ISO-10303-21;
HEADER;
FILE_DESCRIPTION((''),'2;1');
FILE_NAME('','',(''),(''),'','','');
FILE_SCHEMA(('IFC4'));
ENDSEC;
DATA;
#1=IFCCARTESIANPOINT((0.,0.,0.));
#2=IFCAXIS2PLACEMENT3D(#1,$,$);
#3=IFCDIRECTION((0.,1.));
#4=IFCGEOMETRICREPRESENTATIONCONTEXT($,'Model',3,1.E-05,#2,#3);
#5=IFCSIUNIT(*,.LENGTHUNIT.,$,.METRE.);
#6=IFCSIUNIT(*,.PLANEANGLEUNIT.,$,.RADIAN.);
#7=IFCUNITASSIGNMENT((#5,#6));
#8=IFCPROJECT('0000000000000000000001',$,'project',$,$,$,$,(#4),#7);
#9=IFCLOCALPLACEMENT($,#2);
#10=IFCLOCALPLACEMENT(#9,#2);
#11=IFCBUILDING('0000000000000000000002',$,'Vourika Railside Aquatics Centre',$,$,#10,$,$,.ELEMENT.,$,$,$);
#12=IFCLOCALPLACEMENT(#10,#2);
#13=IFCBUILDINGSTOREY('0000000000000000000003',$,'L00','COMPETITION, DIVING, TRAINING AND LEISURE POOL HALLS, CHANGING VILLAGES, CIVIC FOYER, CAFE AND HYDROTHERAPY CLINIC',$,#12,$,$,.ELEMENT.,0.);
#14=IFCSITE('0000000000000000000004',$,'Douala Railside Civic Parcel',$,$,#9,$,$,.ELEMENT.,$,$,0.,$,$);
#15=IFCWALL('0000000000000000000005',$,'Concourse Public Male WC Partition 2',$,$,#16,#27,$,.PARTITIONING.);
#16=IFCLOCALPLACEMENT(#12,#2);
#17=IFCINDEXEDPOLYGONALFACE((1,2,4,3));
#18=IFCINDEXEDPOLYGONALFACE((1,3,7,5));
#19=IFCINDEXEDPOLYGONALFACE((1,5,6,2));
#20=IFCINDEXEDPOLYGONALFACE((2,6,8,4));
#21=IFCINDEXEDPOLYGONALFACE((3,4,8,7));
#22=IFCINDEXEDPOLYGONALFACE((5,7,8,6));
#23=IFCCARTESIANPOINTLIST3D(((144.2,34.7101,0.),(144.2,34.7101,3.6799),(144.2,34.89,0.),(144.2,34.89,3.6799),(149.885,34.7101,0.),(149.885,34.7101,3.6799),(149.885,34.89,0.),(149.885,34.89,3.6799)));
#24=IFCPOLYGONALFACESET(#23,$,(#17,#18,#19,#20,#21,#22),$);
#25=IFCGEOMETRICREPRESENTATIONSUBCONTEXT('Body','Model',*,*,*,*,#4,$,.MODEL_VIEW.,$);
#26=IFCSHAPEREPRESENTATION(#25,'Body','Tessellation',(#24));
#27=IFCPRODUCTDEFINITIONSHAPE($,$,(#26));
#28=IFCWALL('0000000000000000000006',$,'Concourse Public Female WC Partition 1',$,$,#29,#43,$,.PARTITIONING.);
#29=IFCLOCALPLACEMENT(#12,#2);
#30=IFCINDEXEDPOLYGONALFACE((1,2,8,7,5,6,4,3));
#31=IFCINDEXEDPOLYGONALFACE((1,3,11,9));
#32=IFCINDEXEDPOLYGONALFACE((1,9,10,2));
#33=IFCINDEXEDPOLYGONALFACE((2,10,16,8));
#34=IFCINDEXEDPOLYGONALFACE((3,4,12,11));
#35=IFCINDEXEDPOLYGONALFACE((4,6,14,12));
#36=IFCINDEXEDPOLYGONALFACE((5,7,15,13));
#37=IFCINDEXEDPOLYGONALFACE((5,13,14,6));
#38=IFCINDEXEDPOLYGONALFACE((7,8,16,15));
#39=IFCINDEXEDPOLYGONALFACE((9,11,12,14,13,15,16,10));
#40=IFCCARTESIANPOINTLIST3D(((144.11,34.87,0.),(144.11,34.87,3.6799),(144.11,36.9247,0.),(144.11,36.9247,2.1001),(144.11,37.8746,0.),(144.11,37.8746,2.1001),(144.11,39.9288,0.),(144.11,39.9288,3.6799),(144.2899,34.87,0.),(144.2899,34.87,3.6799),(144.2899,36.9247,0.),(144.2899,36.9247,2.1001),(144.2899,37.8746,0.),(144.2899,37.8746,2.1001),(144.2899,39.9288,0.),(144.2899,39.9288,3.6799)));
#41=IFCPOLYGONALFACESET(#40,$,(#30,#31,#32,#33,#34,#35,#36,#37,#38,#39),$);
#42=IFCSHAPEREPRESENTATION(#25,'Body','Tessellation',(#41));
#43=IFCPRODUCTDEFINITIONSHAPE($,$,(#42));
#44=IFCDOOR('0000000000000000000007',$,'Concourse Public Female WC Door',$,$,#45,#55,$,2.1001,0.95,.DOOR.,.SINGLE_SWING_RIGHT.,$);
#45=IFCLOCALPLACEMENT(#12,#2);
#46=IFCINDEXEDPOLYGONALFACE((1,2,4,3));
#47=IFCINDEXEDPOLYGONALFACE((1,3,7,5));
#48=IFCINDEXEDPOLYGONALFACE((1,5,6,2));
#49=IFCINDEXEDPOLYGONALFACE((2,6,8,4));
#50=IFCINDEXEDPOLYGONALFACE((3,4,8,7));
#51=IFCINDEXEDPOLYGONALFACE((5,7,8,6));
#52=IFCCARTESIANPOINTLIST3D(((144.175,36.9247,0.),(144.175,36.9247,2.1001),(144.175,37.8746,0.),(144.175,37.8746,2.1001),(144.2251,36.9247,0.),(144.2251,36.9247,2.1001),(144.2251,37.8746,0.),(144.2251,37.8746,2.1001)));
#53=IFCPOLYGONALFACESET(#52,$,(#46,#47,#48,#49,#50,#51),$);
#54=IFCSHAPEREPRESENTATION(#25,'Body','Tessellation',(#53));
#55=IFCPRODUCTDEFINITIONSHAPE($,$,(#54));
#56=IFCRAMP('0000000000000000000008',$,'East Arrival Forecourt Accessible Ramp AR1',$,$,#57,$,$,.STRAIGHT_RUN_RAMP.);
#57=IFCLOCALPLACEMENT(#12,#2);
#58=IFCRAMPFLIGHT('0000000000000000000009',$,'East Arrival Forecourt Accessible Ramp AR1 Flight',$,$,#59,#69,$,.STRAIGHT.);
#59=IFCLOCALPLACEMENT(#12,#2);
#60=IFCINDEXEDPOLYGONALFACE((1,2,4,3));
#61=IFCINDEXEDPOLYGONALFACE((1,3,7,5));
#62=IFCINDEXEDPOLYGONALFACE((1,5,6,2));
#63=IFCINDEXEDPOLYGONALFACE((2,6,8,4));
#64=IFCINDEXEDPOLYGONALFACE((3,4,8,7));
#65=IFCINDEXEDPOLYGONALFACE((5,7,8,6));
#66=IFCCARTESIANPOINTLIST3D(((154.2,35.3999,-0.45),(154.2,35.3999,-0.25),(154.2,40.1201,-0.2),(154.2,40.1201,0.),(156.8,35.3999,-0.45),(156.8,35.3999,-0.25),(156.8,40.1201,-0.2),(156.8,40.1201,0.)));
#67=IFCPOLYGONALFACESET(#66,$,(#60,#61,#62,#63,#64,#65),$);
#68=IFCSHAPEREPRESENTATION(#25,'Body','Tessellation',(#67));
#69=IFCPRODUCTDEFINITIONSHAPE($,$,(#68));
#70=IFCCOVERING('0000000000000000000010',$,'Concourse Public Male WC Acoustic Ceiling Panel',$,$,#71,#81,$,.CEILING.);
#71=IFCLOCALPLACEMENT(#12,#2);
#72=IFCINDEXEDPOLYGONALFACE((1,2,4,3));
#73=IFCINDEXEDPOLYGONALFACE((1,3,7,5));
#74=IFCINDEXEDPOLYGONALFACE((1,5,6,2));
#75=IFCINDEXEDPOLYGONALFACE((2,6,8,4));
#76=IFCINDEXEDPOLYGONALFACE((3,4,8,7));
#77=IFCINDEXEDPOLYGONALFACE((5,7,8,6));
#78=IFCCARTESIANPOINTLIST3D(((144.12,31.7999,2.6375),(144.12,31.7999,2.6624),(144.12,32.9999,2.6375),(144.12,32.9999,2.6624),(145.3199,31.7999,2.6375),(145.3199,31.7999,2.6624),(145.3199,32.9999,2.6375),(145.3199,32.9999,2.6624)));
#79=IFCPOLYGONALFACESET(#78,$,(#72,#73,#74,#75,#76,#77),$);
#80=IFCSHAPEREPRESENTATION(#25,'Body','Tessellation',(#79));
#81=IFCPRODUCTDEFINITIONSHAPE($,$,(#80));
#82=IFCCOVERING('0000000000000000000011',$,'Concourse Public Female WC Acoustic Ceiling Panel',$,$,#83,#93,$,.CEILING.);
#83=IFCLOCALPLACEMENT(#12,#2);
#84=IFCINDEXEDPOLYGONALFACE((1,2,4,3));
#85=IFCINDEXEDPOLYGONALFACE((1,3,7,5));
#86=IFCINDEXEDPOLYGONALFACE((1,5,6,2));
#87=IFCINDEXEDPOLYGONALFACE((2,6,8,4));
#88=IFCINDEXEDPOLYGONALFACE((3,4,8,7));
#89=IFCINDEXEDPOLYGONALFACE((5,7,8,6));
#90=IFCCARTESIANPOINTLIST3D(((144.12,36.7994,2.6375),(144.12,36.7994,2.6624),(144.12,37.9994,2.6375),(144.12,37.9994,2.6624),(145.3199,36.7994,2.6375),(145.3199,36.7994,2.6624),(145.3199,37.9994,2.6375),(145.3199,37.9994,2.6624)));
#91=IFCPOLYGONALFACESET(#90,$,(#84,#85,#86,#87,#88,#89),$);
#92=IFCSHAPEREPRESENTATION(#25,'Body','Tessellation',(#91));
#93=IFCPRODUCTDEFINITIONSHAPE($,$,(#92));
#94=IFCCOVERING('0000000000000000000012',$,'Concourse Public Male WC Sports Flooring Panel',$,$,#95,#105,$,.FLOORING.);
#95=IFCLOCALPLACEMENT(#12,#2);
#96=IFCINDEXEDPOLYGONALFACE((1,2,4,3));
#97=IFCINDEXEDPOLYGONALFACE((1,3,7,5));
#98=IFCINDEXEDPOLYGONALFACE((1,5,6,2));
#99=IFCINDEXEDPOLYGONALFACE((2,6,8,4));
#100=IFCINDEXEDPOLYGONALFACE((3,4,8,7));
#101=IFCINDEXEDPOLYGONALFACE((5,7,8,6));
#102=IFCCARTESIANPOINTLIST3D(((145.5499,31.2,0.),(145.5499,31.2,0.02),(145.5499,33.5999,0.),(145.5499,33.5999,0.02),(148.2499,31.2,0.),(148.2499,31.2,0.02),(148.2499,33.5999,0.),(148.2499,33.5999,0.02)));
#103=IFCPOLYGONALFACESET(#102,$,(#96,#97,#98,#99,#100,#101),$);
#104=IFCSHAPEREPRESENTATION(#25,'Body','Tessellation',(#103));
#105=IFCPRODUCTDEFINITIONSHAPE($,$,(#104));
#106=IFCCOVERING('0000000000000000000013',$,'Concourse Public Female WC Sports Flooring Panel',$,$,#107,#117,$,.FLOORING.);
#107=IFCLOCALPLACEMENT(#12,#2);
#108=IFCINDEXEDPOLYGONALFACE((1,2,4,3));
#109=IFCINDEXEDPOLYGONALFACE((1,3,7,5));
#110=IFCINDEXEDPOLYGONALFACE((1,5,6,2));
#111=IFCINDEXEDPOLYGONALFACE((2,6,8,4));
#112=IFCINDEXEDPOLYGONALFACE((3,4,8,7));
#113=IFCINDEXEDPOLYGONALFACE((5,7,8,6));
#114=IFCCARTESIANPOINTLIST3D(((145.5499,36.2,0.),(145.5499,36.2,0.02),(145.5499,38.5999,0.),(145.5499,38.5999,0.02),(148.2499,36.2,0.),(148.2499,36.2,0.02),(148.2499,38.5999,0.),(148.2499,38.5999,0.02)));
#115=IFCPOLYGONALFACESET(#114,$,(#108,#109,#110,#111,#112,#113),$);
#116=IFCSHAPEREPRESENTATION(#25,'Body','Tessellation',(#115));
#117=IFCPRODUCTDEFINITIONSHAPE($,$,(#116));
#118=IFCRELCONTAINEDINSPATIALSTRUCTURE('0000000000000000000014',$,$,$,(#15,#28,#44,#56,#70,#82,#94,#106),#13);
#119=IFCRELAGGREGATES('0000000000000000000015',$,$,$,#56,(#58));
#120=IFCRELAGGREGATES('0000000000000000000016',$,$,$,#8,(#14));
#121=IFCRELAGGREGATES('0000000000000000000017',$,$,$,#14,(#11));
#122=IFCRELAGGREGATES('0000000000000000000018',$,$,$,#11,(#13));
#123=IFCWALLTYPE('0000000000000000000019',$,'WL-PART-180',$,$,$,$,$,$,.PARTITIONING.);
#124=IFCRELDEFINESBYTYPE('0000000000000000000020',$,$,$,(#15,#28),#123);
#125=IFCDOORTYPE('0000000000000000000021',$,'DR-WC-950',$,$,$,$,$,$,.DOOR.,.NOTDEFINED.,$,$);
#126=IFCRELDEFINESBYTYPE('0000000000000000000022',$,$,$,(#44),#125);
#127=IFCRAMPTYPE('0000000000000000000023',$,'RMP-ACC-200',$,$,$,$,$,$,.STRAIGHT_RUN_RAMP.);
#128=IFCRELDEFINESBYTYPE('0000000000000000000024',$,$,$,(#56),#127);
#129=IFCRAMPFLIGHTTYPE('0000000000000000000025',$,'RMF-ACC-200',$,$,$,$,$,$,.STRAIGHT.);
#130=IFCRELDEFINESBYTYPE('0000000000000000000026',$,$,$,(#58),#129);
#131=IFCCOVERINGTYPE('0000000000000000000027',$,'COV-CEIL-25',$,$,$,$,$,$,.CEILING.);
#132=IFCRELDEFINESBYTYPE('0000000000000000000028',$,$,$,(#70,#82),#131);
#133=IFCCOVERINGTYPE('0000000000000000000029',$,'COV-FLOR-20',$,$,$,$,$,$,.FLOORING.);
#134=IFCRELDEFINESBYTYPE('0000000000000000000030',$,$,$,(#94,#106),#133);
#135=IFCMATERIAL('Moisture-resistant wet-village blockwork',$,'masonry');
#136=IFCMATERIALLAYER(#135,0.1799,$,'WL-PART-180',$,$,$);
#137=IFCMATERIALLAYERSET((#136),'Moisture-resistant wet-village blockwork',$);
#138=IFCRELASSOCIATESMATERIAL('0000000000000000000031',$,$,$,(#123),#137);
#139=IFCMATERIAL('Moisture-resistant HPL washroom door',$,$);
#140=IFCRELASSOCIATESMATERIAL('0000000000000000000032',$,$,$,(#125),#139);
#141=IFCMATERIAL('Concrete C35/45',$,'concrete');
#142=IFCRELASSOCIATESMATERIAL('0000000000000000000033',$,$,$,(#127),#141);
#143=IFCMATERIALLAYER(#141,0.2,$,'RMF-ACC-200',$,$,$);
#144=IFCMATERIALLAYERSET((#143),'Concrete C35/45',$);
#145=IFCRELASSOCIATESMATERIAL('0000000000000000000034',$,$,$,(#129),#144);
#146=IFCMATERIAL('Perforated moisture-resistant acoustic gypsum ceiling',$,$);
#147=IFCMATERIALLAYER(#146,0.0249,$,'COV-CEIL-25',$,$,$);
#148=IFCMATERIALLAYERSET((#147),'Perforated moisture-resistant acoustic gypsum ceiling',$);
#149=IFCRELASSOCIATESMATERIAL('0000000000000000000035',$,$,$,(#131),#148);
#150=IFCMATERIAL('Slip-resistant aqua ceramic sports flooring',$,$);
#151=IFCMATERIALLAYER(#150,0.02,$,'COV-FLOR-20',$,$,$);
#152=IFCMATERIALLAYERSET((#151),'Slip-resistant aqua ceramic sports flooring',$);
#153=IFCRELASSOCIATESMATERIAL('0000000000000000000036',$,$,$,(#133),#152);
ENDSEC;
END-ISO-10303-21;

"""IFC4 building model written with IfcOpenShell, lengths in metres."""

from ifc_helpers import new_model, si_unit, direction, frame, frame_2d, origin, origin_2d, place, context, subcontext, project, spatial, polyline, rectangle, outline, extrude, material, layer, layer_set, type_object, element, fill, aggregate, save


model = new_model("IFC4")

# Units and contexts
model_context = context("Model", 3, precision=1e-05, world=origin(), true_north=direction((0.0, 1.0)))
body_context = subcontext(model_context, "Body", "Model", "MODEL_VIEW")
ifc_project = project(units=[si_unit("LENGTHUNIT", "METRE"), si_unit("PLANEANGLEUNIT", "RADIAN")], contexts=[model_context])

# Site, building, storey
site_placement = place(None, origin())
site = spatial("IfcSite", under=ifc_project, at=site_placement, Name="Douala Railside Civic Parcel", CompositionType="ELEMENT", RefElevation=0.0)
building_placement = place(site_placement, origin())
building = spatial("IfcBuilding", under=site, at=building_placement, Name="Vourika Railside Aquatics Centre", CompositionType="ELEMENT")
storey_placement = place(building_placement, origin())
storey = spatial("IfcBuildingStorey", under=building, at=storey_placement, Name="L00", Description="COMPETITION, DIVING, TRAINING AND LEISURE POOL HALLS, CHANGING VILLAGES, CIVIC FOYER, CAFE AND HYDROTHERAPY CLINIC", CompositionType="ELEMENT", Elevation=0.0)

# Shared definitions
ifc_material_1 = material(Name="Concrete C35/45", Category="concrete")

# Wall
ifc_material_2 = material(Name="Moisture-resistant wet-village blockwork", Category="masonry")
ifc_layer_1 = layer(ifc_material_2, 0.1799, Name="WL-PART-180")
ifc_layer_set_1 = layer_set([ifc_layer_1], Name="Moisture-resistant wet-village blockwork")
wall_type_1 = type_object("IfcWallType", Name="WL-PART-180", PredefinedType="PARTITIONING", material=ifc_layer_set_1)
wall_1_placement = place(storey_placement, frame((144.2, 34.8, 0.0), z_axis=(0.0, 0.0, 1.0), x_axis=(1.0, 0.0, 0.0)))
element("IfcWall", 1, at=wall_1_placement, inside=storey, type_object=wall_type_1, Name="Concourse Public Male WC Partition 2", PredefinedType="PARTITIONING", context=body_context, shape_type="SweptSolid", body=[
    extrude(rectangle(XDim=5.6851, YDim=0.1799, at=frame_2d((2.8425, 0.0))), origin(), (0.0, 0.0, 1.0), 3.6799),
])

# Wall, opening, door
wall_2_placement = place(storey_placement, frame((144.2, 34.8701, 0.0), z_axis=(0.0, 0.0, 1.0), x_axis=(0.0, 1.0, 0.0)))
wall_2 = element("IfcWall", 2, at=wall_2_placement, inside=storey, type_object=wall_type_1, Name="Concourse Public Female WC Partition 1", PredefinedType="PARTITIONING", context=body_context, shape_type="SweptSolid", body=[
    extrude(rectangle(XDim=5.0588, YDim=0.1799, at=frame_2d((2.5293, 0.0))), origin(), (0.0, 0.0, 1.0), 3.6799),
])
opening_1_placement = place(wall_2_placement, frame((2.0544, 0.0, 0.0)))
opening_1 = element("IfcOpeningElement", 3, at=opening_1_placement, cuts=wall_2, PredefinedType="OPENING", context=body_context, shape_type="SweptSolid", body=[
    extrude(rectangle(XDim=0.95, YDim=2.1001, at=frame_2d((0.4751, 1.05))), frame((0.0, 0.1001, 0.0), z_axis=(0.0, -1.0, 0.0), x_axis=(1.0, 0.0, 0.0)), (0.0, 0.0, 1.0), 0.2),
])
ifc_material_3 = material(Name="Moisture-resistant HPL washroom door")
door_type = type_object("IfcDoorType", Name="DR-WC-950", OperationType="NOTDEFINED", PredefinedType="DOOR", material=ifc_material_3)
door_placement = place(opening_1_placement, origin())
door = element("IfcDoor", 4, at=door_placement, inside=storey, type_object=door_type, Name="Concourse Public Female WC Door", OperationType="SINGLE_SWING_RIGHT", OverallHeight=2.1001, OverallWidth=0.95, PredefinedType="DOOR", context=body_context, shape_type="SweptSolid", body=[
    extrude(rectangle(XDim=0.95, YDim=2.1001, at=frame_2d((0.4751, 1.05))), frame((0.0, 0.0249, 0.0), z_axis=(0.0, -1.0, 0.0), x_axis=(1.0, 0.0, 0.0)), (0.0, 0.0, 1.0), 0.05),
])
fill(opening_1, door)

# Ramp, ramp flight
ramp_type = type_object("IfcRampType", Name="RMP-ACC-200", PredefinedType="STRAIGHT_RUN_RAMP", material=ifc_material_1)
ramp_placement = place(storey_placement, origin())
ramp = element("IfcRamp", 5, at=ramp_placement, inside=storey, type_object=ramp_type, Name="East Arrival Forecourt Accessible Ramp AR1", PredefinedType="STRAIGHT_RUN_RAMP")
ifc_layer_2 = layer(ifc_material_1, 0.2, Name="RMF-ACC-200")
ifc_layer_set_2 = layer_set([ifc_layer_2], Name="Concrete C35/45")
ramp_flight_type = type_object("IfcRampFlightType", Name="RMF-ACC-200", PredefinedType="STRAIGHT", material=ifc_layer_set_2)
ramp_flight_placement = place(storey_placement, frame((155.5, 35.3999, -0.25), z_axis=(0.0, 0.0, 1.0), x_axis=(0.0, 1.0, 0.0)))
ramp_flight = element("IfcRampFlight", 6, at=ramp_flight_placement, type_object=ramp_flight_type, Name="East Arrival Forecourt Accessible Ramp AR1 Flight", PredefinedType="STRAIGHT", context=body_context, shape_type="SweptSolid", body=[
    extrude(outline(polyline([(0.0, 0.0), (4.7202, 0.25), (4.7202, 0.05), (0.0, -0.2), (0.0, 0.0)])), frame((0.0, 1.3, 0.0), z_axis=(0.0, -1.0, 0.0), x_axis=(1.0, 0.0, 0.0)), (0.0, 0.0, 1.0), 2.6001),
])
aggregate(ramp, [ramp_flight])

# Coverings
ifc_material_4 = material(Name="Perforated moisture-resistant acoustic gypsum ceiling")
ifc_layer_3 = layer(ifc_material_4, 0.0249, Name="COV-CEIL-25")
ifc_layer_set_3 = layer_set([ifc_layer_3], Name="Perforated moisture-resistant acoustic gypsum ceiling")
covering_type_1 = type_object("IfcCoveringType", Name="COV-CEIL-25", PredefinedType="CEILING", material=ifc_layer_set_3)
for number, where, z_axis, x_axis, name in (
    (7, (144.72, 32.3999, 2.6375), (0.0, 0.0, 1.0), (1.0, 0.0, 0.0), "Concourse Public Male WC Acoustic Ceiling Panel"),
    (8, (144.72, 37.3994, 2.6375), (0.0, 0.0, 1.0), (1.0, 0.0, 0.0), "Concourse Public Female WC Acoustic Ceiling Panel"),
):
    element("IfcCovering", number, at=place(storey_placement, frame(where, z_axis=z_axis, x_axis=x_axis)), inside=storey, type_object=covering_type_1, Name=name, PredefinedType="CEILING", context=body_context, shape_type="SweptSolid", body=[
        extrude(rectangle(XDim=1.2, YDim=1.2, at=origin_2d()), origin(), (0.0, 0.0, 1.0), 0.0249),
    ])
ifc_material_5 = material(Name="Slip-resistant aqua ceramic sports flooring")
ifc_layer_4 = layer(ifc_material_5, 0.02, Name="COV-FLOR-20")
ifc_layer_set_4 = layer_set([ifc_layer_4], Name="Slip-resistant aqua ceramic sports flooring")
covering_type_2 = type_object("IfcCoveringType", Name="COV-FLOR-20", PredefinedType="FLOORING", material=ifc_layer_set_4)
for number, where, z_axis, x_axis, name in (
    (9, (146.8999, 32.3999, 0.0), (0.0, 0.0, 1.0), (1.0, 0.0, 0.0), "Concourse Public Male WC Sports Flooring Panel"),
    (10, (146.8999, 37.3999, 0.0), (0.0, 0.0, 1.0), (1.0, 0.0, 0.0), "Concourse Public Female WC Sports Flooring Panel"),
):
    element("IfcCovering", number, at=place(storey_placement, frame(where, z_axis=z_axis, x_axis=x_axis)), inside=storey, type_object=covering_type_2, Name=name, PredefinedType="FLOORING", context=body_context, shape_type="SweptSolid", body=[
        extrude(rectangle(XDim=2.7, YDim=2.3999, at=origin_2d()), origin(), (0.0, 0.0, 1.0), 0.02),
    ])

save(model, "model.ifc")
